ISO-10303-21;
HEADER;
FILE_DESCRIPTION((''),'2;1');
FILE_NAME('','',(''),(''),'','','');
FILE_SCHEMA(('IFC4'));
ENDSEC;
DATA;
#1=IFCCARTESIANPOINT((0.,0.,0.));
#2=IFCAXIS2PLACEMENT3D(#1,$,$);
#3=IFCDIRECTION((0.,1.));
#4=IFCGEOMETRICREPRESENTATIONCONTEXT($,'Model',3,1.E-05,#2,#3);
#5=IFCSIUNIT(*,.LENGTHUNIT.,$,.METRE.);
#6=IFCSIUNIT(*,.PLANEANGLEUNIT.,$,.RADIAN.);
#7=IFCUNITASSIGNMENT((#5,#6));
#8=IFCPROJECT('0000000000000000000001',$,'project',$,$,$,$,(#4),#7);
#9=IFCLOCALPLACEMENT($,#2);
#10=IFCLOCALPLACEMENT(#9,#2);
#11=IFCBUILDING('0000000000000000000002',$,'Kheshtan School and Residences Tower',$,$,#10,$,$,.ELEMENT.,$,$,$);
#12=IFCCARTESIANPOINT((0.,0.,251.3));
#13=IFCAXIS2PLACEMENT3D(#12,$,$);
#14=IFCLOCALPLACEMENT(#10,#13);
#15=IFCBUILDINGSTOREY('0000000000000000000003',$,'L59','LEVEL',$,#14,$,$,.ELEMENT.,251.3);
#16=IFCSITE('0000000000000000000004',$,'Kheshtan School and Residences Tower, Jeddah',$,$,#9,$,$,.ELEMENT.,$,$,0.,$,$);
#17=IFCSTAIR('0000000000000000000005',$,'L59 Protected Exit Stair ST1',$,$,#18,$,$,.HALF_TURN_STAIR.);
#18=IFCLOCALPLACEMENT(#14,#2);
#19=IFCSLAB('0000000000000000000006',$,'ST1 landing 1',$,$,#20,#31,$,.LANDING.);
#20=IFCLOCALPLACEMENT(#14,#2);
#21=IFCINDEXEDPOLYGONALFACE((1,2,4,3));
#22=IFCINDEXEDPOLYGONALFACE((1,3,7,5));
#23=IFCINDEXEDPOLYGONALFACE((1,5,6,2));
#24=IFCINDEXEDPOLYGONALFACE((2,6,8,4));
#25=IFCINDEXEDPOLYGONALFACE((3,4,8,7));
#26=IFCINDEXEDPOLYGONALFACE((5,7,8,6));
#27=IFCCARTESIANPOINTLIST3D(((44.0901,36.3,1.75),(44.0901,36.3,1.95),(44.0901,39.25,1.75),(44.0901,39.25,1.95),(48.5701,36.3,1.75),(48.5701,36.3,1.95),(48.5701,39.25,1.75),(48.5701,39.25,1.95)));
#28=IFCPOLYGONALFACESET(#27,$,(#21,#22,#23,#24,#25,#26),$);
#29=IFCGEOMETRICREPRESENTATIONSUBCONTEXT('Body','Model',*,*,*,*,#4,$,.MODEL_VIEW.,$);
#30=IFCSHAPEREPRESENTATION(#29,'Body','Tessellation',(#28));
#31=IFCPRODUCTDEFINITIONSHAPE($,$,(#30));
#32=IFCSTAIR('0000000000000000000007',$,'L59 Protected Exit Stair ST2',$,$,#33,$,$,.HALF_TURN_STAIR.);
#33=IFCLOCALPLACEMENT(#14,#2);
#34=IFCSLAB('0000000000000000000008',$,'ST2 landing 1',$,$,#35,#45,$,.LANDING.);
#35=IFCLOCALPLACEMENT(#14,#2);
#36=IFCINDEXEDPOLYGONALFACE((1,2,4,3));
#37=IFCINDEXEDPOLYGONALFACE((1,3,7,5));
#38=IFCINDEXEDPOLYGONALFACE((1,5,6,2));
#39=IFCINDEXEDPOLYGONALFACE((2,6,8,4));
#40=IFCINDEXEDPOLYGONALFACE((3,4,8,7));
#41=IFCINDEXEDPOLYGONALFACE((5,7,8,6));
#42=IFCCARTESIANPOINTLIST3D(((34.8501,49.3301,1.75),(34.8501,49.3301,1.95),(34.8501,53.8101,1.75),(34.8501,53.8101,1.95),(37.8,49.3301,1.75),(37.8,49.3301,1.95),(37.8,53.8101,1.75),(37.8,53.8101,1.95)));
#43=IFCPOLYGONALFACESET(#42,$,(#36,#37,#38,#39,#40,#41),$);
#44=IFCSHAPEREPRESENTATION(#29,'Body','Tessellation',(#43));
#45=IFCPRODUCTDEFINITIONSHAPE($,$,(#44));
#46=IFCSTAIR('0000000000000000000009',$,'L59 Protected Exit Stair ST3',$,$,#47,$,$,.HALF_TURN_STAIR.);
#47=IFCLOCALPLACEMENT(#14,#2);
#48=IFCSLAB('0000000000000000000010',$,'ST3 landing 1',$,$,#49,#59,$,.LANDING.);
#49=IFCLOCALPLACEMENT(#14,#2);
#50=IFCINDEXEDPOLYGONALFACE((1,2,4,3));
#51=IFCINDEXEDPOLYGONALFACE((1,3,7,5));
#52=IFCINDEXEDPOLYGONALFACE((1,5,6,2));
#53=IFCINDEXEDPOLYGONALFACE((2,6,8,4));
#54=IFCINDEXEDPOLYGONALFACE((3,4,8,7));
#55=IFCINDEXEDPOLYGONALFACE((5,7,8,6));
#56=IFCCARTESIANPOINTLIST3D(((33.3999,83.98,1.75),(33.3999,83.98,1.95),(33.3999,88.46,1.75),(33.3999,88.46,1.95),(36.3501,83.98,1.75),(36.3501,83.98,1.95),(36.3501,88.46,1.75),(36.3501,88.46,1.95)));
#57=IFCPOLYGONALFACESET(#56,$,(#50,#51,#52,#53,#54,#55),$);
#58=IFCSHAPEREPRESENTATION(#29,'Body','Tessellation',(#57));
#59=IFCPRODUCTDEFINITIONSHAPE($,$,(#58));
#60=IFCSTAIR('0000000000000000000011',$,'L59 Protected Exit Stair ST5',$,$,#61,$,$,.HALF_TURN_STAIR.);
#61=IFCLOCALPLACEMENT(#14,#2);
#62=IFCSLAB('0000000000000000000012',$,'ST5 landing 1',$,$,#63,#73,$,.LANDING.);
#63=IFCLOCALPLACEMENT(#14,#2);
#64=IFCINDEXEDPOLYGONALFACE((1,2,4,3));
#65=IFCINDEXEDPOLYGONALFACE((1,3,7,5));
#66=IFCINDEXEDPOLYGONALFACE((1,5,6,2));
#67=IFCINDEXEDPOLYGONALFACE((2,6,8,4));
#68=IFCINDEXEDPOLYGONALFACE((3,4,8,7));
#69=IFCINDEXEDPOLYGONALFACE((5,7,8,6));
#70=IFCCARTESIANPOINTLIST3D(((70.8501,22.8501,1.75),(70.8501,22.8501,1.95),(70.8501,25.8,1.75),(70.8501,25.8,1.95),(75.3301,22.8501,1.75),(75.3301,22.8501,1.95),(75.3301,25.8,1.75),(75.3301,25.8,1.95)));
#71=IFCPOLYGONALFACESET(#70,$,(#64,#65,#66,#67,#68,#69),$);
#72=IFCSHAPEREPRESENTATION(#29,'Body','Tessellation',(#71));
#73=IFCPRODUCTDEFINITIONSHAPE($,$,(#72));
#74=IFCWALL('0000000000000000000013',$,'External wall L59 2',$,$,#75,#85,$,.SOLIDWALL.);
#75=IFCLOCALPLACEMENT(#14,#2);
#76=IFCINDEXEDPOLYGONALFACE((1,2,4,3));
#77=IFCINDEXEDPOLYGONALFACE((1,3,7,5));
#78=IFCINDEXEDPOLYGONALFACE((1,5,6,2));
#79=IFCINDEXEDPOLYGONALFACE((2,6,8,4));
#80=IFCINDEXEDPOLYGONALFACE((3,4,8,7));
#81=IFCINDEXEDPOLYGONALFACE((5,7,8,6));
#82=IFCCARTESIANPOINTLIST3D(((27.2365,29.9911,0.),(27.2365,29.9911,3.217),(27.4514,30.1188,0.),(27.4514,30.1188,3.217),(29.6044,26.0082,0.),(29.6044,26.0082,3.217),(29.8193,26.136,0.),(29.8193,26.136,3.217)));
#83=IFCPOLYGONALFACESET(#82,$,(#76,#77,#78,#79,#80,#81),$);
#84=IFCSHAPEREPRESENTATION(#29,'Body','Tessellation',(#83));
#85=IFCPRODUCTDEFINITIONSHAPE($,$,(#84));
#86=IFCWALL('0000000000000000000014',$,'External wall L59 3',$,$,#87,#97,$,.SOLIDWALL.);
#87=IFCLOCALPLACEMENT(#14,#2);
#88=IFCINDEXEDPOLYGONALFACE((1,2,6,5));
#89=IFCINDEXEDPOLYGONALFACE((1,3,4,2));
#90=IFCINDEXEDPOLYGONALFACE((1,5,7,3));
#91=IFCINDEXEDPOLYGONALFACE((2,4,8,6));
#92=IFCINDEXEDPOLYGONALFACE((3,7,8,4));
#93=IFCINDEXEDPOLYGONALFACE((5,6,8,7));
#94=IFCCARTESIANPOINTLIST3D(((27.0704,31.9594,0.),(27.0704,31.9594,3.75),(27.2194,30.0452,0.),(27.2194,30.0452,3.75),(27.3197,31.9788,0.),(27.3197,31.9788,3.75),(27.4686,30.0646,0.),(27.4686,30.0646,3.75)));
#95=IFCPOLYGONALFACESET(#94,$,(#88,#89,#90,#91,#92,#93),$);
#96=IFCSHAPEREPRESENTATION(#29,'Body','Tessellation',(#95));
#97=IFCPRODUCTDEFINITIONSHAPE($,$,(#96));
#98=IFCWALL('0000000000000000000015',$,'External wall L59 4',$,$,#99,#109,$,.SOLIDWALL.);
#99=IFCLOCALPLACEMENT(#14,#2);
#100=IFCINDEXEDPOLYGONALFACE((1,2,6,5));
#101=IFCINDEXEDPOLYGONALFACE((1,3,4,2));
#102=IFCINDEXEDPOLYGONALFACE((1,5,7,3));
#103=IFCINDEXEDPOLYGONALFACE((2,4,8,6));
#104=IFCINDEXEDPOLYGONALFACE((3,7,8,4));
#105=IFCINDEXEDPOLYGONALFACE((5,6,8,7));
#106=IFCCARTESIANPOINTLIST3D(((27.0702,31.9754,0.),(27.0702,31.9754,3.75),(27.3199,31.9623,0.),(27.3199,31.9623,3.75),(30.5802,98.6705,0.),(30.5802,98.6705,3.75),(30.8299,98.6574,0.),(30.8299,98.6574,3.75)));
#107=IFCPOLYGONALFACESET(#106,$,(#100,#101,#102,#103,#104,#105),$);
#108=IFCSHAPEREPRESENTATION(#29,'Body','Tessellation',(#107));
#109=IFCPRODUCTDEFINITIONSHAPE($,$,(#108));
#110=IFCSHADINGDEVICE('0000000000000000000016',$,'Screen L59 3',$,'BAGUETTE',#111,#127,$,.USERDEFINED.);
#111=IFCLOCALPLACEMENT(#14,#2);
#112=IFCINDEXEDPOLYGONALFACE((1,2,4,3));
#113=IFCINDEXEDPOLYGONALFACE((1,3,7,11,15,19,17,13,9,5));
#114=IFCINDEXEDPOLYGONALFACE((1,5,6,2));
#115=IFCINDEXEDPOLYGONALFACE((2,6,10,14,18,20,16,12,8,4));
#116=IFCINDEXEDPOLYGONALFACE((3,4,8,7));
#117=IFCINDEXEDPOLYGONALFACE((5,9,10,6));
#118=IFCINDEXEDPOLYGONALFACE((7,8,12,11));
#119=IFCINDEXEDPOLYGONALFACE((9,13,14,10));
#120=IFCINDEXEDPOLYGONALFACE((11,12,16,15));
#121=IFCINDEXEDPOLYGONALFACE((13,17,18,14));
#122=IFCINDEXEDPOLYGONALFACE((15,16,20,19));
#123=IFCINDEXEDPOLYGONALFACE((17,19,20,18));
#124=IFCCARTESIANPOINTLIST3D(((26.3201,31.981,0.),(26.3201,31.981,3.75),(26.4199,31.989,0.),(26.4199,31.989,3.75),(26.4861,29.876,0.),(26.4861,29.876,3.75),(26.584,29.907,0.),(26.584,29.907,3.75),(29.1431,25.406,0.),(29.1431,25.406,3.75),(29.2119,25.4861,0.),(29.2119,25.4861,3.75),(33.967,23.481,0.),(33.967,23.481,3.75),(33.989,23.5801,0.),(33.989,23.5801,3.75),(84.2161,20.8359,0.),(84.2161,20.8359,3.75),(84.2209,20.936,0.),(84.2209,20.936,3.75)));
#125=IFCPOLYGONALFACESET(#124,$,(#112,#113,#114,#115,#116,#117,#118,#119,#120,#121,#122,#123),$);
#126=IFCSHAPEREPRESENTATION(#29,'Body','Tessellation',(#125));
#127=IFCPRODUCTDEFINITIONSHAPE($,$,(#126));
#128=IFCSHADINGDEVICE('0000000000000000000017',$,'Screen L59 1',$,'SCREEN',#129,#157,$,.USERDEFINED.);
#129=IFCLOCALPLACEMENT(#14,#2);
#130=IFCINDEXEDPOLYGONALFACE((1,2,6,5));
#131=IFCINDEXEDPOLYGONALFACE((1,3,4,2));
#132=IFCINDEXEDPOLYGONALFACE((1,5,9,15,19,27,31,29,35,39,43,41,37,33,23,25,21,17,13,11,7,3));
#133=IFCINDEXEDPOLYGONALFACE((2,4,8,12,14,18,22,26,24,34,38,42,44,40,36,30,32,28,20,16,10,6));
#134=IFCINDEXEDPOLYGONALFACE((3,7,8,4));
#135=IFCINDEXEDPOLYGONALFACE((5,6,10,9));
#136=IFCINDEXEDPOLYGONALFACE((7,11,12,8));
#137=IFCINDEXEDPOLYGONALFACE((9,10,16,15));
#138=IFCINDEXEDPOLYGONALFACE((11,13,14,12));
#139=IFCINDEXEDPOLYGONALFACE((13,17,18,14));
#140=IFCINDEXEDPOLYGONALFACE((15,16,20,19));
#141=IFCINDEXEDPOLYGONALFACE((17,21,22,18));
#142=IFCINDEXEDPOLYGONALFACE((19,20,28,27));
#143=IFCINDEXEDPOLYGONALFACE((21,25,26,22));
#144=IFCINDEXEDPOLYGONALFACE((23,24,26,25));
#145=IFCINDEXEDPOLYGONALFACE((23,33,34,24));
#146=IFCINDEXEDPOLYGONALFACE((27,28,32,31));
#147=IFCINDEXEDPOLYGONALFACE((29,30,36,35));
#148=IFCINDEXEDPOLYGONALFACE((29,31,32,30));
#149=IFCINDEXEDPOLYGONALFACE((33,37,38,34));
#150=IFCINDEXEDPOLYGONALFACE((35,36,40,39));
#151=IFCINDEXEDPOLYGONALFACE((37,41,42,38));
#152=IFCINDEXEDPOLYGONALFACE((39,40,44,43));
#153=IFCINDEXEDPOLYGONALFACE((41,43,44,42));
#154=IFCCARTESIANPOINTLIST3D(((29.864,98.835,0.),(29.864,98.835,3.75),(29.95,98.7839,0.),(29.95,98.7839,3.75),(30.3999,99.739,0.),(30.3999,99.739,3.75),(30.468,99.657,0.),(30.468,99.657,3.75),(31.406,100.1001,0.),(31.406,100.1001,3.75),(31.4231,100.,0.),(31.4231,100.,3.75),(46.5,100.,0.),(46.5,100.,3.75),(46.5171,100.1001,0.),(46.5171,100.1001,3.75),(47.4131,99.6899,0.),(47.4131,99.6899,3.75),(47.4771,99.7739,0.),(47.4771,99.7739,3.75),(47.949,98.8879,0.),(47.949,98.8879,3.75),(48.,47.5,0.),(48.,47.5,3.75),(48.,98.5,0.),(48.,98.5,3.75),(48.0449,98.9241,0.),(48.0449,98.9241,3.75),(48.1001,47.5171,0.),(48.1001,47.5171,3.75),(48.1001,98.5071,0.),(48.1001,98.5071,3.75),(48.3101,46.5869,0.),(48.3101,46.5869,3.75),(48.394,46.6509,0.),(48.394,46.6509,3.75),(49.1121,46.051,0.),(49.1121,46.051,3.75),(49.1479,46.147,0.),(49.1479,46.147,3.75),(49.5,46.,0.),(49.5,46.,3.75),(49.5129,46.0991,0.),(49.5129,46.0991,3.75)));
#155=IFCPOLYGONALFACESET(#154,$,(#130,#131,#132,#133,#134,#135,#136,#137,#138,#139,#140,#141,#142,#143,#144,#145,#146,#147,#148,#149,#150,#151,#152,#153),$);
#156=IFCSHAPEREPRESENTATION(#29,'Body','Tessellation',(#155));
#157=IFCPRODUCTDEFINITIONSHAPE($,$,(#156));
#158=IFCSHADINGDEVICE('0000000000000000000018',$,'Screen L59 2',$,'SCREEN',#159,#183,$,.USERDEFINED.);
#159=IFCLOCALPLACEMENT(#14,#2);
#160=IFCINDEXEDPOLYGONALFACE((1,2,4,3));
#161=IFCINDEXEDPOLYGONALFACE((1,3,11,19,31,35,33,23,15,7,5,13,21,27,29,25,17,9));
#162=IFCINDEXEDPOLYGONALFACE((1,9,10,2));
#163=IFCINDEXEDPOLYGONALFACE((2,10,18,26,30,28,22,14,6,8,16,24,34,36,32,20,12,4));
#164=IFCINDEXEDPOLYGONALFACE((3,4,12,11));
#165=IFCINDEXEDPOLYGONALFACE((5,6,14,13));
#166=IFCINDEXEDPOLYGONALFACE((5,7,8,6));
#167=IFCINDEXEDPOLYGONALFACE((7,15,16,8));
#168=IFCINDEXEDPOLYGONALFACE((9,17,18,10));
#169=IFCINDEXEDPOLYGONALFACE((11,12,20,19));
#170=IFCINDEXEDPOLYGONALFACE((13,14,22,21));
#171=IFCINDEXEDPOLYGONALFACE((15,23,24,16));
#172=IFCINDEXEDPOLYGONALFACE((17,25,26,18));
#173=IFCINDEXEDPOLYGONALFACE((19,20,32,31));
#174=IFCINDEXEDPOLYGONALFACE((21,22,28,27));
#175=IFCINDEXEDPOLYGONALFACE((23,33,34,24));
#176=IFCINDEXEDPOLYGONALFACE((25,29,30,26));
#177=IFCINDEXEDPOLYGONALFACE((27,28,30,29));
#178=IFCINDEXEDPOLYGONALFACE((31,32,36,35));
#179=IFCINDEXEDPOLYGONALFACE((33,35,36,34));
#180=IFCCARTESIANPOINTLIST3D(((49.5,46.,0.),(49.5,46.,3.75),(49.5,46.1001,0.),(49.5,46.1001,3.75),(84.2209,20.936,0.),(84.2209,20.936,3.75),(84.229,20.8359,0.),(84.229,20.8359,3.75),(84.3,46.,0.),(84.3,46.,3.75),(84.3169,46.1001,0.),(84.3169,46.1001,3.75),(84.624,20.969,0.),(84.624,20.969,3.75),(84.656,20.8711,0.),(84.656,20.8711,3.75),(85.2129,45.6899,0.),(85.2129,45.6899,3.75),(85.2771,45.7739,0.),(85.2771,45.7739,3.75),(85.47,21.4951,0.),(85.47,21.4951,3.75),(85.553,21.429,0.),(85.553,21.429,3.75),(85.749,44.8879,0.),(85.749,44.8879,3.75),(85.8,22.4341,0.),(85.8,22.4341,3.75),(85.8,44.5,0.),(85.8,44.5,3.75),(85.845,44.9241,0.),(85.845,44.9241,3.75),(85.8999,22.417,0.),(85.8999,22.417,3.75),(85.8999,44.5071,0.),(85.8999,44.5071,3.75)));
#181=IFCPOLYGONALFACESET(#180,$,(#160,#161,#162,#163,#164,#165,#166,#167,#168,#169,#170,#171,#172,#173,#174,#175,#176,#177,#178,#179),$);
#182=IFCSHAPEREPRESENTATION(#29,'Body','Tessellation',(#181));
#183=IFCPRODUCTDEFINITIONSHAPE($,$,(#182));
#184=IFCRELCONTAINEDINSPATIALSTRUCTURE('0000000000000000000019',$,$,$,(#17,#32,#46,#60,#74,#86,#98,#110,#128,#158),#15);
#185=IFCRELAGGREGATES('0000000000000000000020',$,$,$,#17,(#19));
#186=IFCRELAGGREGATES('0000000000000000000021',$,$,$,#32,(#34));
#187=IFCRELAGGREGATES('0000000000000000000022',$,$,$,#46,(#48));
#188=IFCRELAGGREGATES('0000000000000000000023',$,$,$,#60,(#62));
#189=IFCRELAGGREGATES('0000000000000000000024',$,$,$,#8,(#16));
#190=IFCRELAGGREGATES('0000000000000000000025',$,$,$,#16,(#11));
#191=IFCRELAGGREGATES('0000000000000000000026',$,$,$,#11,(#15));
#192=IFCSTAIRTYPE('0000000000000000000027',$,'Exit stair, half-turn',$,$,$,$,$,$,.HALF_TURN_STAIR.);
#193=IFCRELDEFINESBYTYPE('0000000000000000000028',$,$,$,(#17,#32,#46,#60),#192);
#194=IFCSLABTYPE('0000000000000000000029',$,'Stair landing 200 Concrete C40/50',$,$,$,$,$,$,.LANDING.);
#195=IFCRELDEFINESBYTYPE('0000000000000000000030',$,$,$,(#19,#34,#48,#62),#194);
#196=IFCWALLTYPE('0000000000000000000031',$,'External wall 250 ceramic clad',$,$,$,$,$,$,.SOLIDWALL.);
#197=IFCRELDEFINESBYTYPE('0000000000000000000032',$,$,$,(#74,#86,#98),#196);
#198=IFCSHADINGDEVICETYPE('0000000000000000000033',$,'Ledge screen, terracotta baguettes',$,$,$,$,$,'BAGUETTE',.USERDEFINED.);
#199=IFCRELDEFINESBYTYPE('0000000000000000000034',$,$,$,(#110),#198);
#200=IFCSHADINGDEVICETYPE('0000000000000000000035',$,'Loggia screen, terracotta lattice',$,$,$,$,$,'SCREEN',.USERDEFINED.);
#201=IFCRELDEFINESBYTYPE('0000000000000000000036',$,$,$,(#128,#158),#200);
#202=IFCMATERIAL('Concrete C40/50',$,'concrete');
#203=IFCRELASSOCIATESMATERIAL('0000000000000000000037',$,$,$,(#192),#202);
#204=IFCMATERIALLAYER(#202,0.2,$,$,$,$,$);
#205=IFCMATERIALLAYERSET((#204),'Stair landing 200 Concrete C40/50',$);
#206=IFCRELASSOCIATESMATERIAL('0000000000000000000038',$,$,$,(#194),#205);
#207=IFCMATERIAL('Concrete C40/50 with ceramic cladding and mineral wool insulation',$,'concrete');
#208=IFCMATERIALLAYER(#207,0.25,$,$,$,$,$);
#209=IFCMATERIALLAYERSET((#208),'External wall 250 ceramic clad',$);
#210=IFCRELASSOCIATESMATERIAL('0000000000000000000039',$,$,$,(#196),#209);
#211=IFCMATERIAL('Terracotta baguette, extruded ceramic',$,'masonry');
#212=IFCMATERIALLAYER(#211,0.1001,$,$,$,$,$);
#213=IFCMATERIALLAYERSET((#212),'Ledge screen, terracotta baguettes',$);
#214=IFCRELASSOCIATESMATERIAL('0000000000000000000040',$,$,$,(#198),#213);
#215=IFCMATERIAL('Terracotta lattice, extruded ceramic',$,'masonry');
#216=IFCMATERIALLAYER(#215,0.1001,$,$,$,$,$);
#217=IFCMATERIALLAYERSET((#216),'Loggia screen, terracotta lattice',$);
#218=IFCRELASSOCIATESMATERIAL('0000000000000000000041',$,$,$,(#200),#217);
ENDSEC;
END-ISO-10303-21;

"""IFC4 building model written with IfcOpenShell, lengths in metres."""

from ifc_helpers import new_model, si_unit, direction, frame, frame_2d, origin, place, context, subcontext, project, spatial, polyline, rectangle, outline, extrude, material, layer, layer_set, type_object, element, aggregate, save


model = new_model("IFC4")

# Units and contexts
model_context = context("Model", 3, precision=1e-05, world=origin(), true_north=direction((0.0, 1.0)))
body_context = subcontext(model_context, "Body", "Model", "MODEL_VIEW")
ifc_project = project(units=[si_unit("LENGTHUNIT", "METRE"), si_unit("PLANEANGLEUNIT", "RADIAN")], contexts=[model_context])

# Site, building, storey
site_placement = place(None, origin())
site = spatial("IfcSite", under=ifc_project, at=site_placement, Name="Kheshtan School and Residences Tower, Jeddah", CompositionType="ELEMENT", RefElevation=0.0)
building_placement = place(site_placement, origin())
building = spatial("IfcBuilding", under=site, at=building_placement, Name="Kheshtan School and Residences Tower", CompositionType="ELEMENT")
storey_placement = place(building_placement, frame((0.0, 0.0, 251.3)))
storey = spatial("IfcBuildingStorey", under=building, at=storey_placement, Name="L59", Description="LEVEL", CompositionType="ELEMENT", Elevation=251.3)

# Shared definitions
ifc_material_1 = material(Name="Concrete C40/50", Category="concrete")

# Stairs, slabs
stair_type = type_object("IfcStairType", Name="Exit stair, half-turn", PredefinedType="HALF_TURN_STAIR", material=ifc_material_1)
stair_1_placement = place(storey_placement, origin())
stair_1 = element("IfcStair", 1, at=stair_1_placement, inside=storey, type_object=stair_type, Name="L59 Protected Exit Stair ST1", PredefinedType="HALF_TURN_STAIR")
ifc_layer_1 = layer(ifc_material_1, 0.2)
ifc_layer_set_1 = layer_set([ifc_layer_1], Name="Stair landing 200 Concrete C40/50")
slab_type_1 = type_object("IfcSlabType", Name="Stair landing 200 Concrete C40/50", PredefinedType="LANDING", material=ifc_layer_set_1)
slab_1_placement = place(storey_placement, frame((0.0, 0.0, 1.75)))
slab_1 = element("IfcSlab", 2, at=slab_1_placement, type_object=slab_type_1, Name="ST1 landing 1", PredefinedType="LANDING", context=body_context, shape_type="SweptSolid", body=[
    extrude(outline(polyline([(48.5701, 39.25), (44.0901, 39.25), (44.0901, 36.3), (48.5701, 36.3), (48.5701, 39.25)])), origin(), (0.0, 0.0, 1.0), 0.2),
])
aggregate(stair_1, [slab_1])
stair_2_placement = place(storey_placement, origin())
stair_2 = element("IfcStair", 3, at=stair_2_placement, inside=storey, type_object=stair_type, Name="L59 Protected Exit Stair ST2", PredefinedType="HALF_TURN_STAIR")
slab_2_placement = place(storey_placement, frame((0.0, 0.0, 1.75)))
slab_2 = element("IfcSlab", 4, at=slab_2_placement, type_object=slab_type_1, Name="ST2 landing 1", PredefinedType="LANDING", context=body_context, shape_type="SweptSolid", body=[
    extrude(outline(polyline([(37.8, 49.3301), (37.8, 53.8101), (34.8501, 53.8101), (34.8501, 49.3301), (37.8, 49.3301)])), origin(), (0.0, 0.0, 1.0), 0.2),
])
aggregate(stair_2, [slab_2])
stair_3_placement = place(storey_placement, origin())
stair_3 = element("IfcStair", 5, at=stair_3_placement, inside=storey, type_object=stair_type, Name="L59 Protected Exit Stair ST3", PredefinedType="HALF_TURN_STAIR")
slab_3_placement = place(storey_placement, frame((0.0, 0.0, 1.75)))
slab_3 = element("IfcSlab", 6, at=slab_3_placement, type_object=slab_type_1, Name="ST3 landing 1", PredefinedType="LANDING", context=body_context, shape_type="SweptSolid", body=[
    extrude(outline(polyline([(36.3501, 83.98), (36.3501, 88.46), (33.3999, 88.46), (33.3999, 83.98), (36.3501, 83.98)])), origin(), (0.0, 0.0, 1.0), 0.2),
])
aggregate(stair_3, [slab_3])
stair_4_placement = place(storey_placement, origin())
stair_4 = element("IfcStair", 7, at=stair_4_placement, inside=storey, type_object=stair_type, Name="L59 Protected Exit Stair ST5", PredefinedType="HALF_TURN_STAIR")
slab_4_placement = place(storey_placement, frame((0.0, 0.0, 1.75)))
slab_4 = element("IfcSlab", 8, at=slab_4_placement, type_object=slab_type_1, Name="ST5 landing 1", PredefinedType="LANDING", context=body_context, shape_type="SweptSolid", body=[
    extrude(outline(polyline([(75.3301, 25.8), (70.8501, 25.8), (70.8501, 22.8501), (75.3301, 22.8501), (75.3301, 25.8)])), origin(), (0.0, 0.0, 1.0), 0.2),
])
aggregate(stair_4, [slab_4])

# Walls
ifc_material_2 = material(Name="Concrete C40/50 with ceramic cladding and mineral wool insulation", Category="concrete")
ifc_layer_2 = layer(ifc_material_2, 0.25)
ifc_layer_set_2 = layer_set([ifc_layer_2], Name="External wall 250 ceramic clad")
wall_type = type_object("IfcWallType", Name="External wall 250 ceramic clad", PredefinedType="SOLIDWALL", material=ifc_layer_set_2)
wall_1_placement = place(storey_placement, frame((29.7119, 26.072, 0.0), z_axis=(0.0, 0.0, 1.0), x_axis=(-0.511028, 0.859564, 0.0)))
element("IfcWall", 9, at=wall_1_placement, inside=storey, type_object=wall_type, Name="External wall L59 2", PredefinedType="SOLIDWALL", context=body_context, shape_type="SweptSolid", body=[
    extrude(rectangle(XDim=4.6335, YDim=0.25, at=frame_2d((2.3169, 0.0))), origin(), (0.0, 0.0, 1.0), 3.217),
])
wall_2_placement = place(storey_placement, frame((27.344, 30.0549, 0.0), z_axis=(0.0, 0.0, 1.0), x_axis=(-0.077572, 0.996987, 0.0)))
element("IfcWall", 10, at=wall_2_placement, inside=storey, type_object=wall_type, Name="External wall L59 3", PredefinedType="SOLIDWALL", context=body_context, shape_type="SweptSolid", body=[
    extrude(rectangle(XDim=1.9199, YDim=0.25, at=frame_2d((0.96, 0.0))), origin(), (0.0, 0.0, 1.0), 3.75),
])
wall_3_placement = place(storey_placement, frame((27.1951, 31.969, 0.0), z_axis=(0.0, 0.0, 1.0), x_axis=(0.052555, 0.998618, 0.0)))
element("IfcWall", 11, at=wall_3_placement, inside=storey, type_object=wall_type, Name="External wall L59 4", PredefinedType="SOLIDWALL", context=body_context, shape_type="SweptSolid", body=[
    extrude(rectangle(XDim=66.7874, YDim=0.25, at=frame_2d((33.3936, 0.0))), origin(), (0.0, 0.0, 1.0), 3.75),
])

# Shading devices
ifc_material_3 = material(Name="Terracotta baguette, extruded ceramic", Category="masonry")
ifc_layer_3 = layer(ifc_material_3, 0.1001)
ifc_layer_set_3 = layer_set([ifc_layer_3], Name="Ledge screen, terracotta baguettes")
shading_device_type_1 = type_object("IfcShadingDeviceType", Name="Ledge screen, terracotta baguettes", ElementType="BAGUETTE", PredefinedType="USERDEFINED", material=ifc_layer_set_3)
shading_device_1_placement = place(storey_placement, origin())
element("IfcShadingDevice", 12, at=shading_device_1_placement, inside=storey, type_object=shading_device_type_1, Name="Screen L59 3", ObjectType="BAGUETTE", PredefinedType="USERDEFINED", context=body_context, shape_type="SweptSolid", body=[
    extrude(outline(polyline([(84.2209, 20.936), (33.989, 23.5801), (29.2119, 25.4861), (26.584, 29.907), (26.4199, 31.989), (26.3201, 31.981), (26.4861, 29.876), (29.1431, 25.406), (33.967, 23.481), (84.2161, 20.8359), (84.2209, 20.936)])), origin(), (0.0, 0.0, 1.0), 3.75),
])
ifc_material_4 = material(Name="Terracotta lattice, extruded ceramic", Category="masonry")
ifc_layer_4 = layer(ifc_material_4, 0.1001)
ifc_layer_set_4 = layer_set([ifc_layer_4], Name="Loggia screen, terracotta lattice")
shading_device_type_2 = type_object("IfcShadingDeviceType", Name="Loggia screen, terracotta lattice", ElementType="SCREEN", PredefinedType="USERDEFINED", material=ifc_layer_set_4)
shading_device_2_placement = place(storey_placement, origin())
element("IfcShadingDevice", 13, at=shading_device_2_placement, inside=storey, type_object=shading_device_type_2, Name="Screen L59 1", ObjectType="SCREEN", PredefinedType="USERDEFINED", context=body_context, shape_type="SweptSolid", body=[
    extrude(outline(polyline([(29.95, 98.7839), (30.468, 99.657), (31.4231, 100.0), (46.5, 100.0), (47.4131, 99.6899), (47.949, 98.8879), (48.0, 98.5), (48.0, 47.5), (48.3101, 46.5869), (49.1121, 46.051), (49.5, 46.0), (49.5129, 46.0991), (49.1479, 46.147), (48.394, 46.6509), (48.1001, 47.5171), (48.1001, 98.5071), (48.0449, 98.9241), (47.4771, 99.7739), (46.5171, 100.1001), (31.406, 100.1001), (30.3999, 99.739), (29.864, 98.835), (29.95, 98.7839)])), origin(), (0.0, 0.0, 1.0), 3.75),
])
shading_device_3_placement = place(storey_placement, origin())
element("IfcShadingDevice", 14, at=shading_device_3_placement, inside=storey, type_object=shading_device_type_2, Name="Screen L59 2", ObjectType="SCREEN", PredefinedType="USERDEFINED", context=body_context, shape_type="SweptSolid", body=[
    extrude(outline(polyline([(49.5, 46.0), (84.3, 46.0), (85.2129, 45.6899), (85.749, 44.8879), (85.8, 44.5), (85.8, 22.4341), (85.47, 21.4951), (84.624, 20.969), (84.2209, 20.936), (84.229, 20.8359), (84.656, 20.8711), (85.553, 21.429), (85.8999, 22.417), (85.8999, 44.5071), (85.845, 44.9241), (85.2771, 45.7739), (84.3169, 46.1001), (49.5, 46.1001), (49.5, 46.0)])), origin(), (0.0, 0.0, 1.0), 3.75),
])

save(model, "model.ifc")
